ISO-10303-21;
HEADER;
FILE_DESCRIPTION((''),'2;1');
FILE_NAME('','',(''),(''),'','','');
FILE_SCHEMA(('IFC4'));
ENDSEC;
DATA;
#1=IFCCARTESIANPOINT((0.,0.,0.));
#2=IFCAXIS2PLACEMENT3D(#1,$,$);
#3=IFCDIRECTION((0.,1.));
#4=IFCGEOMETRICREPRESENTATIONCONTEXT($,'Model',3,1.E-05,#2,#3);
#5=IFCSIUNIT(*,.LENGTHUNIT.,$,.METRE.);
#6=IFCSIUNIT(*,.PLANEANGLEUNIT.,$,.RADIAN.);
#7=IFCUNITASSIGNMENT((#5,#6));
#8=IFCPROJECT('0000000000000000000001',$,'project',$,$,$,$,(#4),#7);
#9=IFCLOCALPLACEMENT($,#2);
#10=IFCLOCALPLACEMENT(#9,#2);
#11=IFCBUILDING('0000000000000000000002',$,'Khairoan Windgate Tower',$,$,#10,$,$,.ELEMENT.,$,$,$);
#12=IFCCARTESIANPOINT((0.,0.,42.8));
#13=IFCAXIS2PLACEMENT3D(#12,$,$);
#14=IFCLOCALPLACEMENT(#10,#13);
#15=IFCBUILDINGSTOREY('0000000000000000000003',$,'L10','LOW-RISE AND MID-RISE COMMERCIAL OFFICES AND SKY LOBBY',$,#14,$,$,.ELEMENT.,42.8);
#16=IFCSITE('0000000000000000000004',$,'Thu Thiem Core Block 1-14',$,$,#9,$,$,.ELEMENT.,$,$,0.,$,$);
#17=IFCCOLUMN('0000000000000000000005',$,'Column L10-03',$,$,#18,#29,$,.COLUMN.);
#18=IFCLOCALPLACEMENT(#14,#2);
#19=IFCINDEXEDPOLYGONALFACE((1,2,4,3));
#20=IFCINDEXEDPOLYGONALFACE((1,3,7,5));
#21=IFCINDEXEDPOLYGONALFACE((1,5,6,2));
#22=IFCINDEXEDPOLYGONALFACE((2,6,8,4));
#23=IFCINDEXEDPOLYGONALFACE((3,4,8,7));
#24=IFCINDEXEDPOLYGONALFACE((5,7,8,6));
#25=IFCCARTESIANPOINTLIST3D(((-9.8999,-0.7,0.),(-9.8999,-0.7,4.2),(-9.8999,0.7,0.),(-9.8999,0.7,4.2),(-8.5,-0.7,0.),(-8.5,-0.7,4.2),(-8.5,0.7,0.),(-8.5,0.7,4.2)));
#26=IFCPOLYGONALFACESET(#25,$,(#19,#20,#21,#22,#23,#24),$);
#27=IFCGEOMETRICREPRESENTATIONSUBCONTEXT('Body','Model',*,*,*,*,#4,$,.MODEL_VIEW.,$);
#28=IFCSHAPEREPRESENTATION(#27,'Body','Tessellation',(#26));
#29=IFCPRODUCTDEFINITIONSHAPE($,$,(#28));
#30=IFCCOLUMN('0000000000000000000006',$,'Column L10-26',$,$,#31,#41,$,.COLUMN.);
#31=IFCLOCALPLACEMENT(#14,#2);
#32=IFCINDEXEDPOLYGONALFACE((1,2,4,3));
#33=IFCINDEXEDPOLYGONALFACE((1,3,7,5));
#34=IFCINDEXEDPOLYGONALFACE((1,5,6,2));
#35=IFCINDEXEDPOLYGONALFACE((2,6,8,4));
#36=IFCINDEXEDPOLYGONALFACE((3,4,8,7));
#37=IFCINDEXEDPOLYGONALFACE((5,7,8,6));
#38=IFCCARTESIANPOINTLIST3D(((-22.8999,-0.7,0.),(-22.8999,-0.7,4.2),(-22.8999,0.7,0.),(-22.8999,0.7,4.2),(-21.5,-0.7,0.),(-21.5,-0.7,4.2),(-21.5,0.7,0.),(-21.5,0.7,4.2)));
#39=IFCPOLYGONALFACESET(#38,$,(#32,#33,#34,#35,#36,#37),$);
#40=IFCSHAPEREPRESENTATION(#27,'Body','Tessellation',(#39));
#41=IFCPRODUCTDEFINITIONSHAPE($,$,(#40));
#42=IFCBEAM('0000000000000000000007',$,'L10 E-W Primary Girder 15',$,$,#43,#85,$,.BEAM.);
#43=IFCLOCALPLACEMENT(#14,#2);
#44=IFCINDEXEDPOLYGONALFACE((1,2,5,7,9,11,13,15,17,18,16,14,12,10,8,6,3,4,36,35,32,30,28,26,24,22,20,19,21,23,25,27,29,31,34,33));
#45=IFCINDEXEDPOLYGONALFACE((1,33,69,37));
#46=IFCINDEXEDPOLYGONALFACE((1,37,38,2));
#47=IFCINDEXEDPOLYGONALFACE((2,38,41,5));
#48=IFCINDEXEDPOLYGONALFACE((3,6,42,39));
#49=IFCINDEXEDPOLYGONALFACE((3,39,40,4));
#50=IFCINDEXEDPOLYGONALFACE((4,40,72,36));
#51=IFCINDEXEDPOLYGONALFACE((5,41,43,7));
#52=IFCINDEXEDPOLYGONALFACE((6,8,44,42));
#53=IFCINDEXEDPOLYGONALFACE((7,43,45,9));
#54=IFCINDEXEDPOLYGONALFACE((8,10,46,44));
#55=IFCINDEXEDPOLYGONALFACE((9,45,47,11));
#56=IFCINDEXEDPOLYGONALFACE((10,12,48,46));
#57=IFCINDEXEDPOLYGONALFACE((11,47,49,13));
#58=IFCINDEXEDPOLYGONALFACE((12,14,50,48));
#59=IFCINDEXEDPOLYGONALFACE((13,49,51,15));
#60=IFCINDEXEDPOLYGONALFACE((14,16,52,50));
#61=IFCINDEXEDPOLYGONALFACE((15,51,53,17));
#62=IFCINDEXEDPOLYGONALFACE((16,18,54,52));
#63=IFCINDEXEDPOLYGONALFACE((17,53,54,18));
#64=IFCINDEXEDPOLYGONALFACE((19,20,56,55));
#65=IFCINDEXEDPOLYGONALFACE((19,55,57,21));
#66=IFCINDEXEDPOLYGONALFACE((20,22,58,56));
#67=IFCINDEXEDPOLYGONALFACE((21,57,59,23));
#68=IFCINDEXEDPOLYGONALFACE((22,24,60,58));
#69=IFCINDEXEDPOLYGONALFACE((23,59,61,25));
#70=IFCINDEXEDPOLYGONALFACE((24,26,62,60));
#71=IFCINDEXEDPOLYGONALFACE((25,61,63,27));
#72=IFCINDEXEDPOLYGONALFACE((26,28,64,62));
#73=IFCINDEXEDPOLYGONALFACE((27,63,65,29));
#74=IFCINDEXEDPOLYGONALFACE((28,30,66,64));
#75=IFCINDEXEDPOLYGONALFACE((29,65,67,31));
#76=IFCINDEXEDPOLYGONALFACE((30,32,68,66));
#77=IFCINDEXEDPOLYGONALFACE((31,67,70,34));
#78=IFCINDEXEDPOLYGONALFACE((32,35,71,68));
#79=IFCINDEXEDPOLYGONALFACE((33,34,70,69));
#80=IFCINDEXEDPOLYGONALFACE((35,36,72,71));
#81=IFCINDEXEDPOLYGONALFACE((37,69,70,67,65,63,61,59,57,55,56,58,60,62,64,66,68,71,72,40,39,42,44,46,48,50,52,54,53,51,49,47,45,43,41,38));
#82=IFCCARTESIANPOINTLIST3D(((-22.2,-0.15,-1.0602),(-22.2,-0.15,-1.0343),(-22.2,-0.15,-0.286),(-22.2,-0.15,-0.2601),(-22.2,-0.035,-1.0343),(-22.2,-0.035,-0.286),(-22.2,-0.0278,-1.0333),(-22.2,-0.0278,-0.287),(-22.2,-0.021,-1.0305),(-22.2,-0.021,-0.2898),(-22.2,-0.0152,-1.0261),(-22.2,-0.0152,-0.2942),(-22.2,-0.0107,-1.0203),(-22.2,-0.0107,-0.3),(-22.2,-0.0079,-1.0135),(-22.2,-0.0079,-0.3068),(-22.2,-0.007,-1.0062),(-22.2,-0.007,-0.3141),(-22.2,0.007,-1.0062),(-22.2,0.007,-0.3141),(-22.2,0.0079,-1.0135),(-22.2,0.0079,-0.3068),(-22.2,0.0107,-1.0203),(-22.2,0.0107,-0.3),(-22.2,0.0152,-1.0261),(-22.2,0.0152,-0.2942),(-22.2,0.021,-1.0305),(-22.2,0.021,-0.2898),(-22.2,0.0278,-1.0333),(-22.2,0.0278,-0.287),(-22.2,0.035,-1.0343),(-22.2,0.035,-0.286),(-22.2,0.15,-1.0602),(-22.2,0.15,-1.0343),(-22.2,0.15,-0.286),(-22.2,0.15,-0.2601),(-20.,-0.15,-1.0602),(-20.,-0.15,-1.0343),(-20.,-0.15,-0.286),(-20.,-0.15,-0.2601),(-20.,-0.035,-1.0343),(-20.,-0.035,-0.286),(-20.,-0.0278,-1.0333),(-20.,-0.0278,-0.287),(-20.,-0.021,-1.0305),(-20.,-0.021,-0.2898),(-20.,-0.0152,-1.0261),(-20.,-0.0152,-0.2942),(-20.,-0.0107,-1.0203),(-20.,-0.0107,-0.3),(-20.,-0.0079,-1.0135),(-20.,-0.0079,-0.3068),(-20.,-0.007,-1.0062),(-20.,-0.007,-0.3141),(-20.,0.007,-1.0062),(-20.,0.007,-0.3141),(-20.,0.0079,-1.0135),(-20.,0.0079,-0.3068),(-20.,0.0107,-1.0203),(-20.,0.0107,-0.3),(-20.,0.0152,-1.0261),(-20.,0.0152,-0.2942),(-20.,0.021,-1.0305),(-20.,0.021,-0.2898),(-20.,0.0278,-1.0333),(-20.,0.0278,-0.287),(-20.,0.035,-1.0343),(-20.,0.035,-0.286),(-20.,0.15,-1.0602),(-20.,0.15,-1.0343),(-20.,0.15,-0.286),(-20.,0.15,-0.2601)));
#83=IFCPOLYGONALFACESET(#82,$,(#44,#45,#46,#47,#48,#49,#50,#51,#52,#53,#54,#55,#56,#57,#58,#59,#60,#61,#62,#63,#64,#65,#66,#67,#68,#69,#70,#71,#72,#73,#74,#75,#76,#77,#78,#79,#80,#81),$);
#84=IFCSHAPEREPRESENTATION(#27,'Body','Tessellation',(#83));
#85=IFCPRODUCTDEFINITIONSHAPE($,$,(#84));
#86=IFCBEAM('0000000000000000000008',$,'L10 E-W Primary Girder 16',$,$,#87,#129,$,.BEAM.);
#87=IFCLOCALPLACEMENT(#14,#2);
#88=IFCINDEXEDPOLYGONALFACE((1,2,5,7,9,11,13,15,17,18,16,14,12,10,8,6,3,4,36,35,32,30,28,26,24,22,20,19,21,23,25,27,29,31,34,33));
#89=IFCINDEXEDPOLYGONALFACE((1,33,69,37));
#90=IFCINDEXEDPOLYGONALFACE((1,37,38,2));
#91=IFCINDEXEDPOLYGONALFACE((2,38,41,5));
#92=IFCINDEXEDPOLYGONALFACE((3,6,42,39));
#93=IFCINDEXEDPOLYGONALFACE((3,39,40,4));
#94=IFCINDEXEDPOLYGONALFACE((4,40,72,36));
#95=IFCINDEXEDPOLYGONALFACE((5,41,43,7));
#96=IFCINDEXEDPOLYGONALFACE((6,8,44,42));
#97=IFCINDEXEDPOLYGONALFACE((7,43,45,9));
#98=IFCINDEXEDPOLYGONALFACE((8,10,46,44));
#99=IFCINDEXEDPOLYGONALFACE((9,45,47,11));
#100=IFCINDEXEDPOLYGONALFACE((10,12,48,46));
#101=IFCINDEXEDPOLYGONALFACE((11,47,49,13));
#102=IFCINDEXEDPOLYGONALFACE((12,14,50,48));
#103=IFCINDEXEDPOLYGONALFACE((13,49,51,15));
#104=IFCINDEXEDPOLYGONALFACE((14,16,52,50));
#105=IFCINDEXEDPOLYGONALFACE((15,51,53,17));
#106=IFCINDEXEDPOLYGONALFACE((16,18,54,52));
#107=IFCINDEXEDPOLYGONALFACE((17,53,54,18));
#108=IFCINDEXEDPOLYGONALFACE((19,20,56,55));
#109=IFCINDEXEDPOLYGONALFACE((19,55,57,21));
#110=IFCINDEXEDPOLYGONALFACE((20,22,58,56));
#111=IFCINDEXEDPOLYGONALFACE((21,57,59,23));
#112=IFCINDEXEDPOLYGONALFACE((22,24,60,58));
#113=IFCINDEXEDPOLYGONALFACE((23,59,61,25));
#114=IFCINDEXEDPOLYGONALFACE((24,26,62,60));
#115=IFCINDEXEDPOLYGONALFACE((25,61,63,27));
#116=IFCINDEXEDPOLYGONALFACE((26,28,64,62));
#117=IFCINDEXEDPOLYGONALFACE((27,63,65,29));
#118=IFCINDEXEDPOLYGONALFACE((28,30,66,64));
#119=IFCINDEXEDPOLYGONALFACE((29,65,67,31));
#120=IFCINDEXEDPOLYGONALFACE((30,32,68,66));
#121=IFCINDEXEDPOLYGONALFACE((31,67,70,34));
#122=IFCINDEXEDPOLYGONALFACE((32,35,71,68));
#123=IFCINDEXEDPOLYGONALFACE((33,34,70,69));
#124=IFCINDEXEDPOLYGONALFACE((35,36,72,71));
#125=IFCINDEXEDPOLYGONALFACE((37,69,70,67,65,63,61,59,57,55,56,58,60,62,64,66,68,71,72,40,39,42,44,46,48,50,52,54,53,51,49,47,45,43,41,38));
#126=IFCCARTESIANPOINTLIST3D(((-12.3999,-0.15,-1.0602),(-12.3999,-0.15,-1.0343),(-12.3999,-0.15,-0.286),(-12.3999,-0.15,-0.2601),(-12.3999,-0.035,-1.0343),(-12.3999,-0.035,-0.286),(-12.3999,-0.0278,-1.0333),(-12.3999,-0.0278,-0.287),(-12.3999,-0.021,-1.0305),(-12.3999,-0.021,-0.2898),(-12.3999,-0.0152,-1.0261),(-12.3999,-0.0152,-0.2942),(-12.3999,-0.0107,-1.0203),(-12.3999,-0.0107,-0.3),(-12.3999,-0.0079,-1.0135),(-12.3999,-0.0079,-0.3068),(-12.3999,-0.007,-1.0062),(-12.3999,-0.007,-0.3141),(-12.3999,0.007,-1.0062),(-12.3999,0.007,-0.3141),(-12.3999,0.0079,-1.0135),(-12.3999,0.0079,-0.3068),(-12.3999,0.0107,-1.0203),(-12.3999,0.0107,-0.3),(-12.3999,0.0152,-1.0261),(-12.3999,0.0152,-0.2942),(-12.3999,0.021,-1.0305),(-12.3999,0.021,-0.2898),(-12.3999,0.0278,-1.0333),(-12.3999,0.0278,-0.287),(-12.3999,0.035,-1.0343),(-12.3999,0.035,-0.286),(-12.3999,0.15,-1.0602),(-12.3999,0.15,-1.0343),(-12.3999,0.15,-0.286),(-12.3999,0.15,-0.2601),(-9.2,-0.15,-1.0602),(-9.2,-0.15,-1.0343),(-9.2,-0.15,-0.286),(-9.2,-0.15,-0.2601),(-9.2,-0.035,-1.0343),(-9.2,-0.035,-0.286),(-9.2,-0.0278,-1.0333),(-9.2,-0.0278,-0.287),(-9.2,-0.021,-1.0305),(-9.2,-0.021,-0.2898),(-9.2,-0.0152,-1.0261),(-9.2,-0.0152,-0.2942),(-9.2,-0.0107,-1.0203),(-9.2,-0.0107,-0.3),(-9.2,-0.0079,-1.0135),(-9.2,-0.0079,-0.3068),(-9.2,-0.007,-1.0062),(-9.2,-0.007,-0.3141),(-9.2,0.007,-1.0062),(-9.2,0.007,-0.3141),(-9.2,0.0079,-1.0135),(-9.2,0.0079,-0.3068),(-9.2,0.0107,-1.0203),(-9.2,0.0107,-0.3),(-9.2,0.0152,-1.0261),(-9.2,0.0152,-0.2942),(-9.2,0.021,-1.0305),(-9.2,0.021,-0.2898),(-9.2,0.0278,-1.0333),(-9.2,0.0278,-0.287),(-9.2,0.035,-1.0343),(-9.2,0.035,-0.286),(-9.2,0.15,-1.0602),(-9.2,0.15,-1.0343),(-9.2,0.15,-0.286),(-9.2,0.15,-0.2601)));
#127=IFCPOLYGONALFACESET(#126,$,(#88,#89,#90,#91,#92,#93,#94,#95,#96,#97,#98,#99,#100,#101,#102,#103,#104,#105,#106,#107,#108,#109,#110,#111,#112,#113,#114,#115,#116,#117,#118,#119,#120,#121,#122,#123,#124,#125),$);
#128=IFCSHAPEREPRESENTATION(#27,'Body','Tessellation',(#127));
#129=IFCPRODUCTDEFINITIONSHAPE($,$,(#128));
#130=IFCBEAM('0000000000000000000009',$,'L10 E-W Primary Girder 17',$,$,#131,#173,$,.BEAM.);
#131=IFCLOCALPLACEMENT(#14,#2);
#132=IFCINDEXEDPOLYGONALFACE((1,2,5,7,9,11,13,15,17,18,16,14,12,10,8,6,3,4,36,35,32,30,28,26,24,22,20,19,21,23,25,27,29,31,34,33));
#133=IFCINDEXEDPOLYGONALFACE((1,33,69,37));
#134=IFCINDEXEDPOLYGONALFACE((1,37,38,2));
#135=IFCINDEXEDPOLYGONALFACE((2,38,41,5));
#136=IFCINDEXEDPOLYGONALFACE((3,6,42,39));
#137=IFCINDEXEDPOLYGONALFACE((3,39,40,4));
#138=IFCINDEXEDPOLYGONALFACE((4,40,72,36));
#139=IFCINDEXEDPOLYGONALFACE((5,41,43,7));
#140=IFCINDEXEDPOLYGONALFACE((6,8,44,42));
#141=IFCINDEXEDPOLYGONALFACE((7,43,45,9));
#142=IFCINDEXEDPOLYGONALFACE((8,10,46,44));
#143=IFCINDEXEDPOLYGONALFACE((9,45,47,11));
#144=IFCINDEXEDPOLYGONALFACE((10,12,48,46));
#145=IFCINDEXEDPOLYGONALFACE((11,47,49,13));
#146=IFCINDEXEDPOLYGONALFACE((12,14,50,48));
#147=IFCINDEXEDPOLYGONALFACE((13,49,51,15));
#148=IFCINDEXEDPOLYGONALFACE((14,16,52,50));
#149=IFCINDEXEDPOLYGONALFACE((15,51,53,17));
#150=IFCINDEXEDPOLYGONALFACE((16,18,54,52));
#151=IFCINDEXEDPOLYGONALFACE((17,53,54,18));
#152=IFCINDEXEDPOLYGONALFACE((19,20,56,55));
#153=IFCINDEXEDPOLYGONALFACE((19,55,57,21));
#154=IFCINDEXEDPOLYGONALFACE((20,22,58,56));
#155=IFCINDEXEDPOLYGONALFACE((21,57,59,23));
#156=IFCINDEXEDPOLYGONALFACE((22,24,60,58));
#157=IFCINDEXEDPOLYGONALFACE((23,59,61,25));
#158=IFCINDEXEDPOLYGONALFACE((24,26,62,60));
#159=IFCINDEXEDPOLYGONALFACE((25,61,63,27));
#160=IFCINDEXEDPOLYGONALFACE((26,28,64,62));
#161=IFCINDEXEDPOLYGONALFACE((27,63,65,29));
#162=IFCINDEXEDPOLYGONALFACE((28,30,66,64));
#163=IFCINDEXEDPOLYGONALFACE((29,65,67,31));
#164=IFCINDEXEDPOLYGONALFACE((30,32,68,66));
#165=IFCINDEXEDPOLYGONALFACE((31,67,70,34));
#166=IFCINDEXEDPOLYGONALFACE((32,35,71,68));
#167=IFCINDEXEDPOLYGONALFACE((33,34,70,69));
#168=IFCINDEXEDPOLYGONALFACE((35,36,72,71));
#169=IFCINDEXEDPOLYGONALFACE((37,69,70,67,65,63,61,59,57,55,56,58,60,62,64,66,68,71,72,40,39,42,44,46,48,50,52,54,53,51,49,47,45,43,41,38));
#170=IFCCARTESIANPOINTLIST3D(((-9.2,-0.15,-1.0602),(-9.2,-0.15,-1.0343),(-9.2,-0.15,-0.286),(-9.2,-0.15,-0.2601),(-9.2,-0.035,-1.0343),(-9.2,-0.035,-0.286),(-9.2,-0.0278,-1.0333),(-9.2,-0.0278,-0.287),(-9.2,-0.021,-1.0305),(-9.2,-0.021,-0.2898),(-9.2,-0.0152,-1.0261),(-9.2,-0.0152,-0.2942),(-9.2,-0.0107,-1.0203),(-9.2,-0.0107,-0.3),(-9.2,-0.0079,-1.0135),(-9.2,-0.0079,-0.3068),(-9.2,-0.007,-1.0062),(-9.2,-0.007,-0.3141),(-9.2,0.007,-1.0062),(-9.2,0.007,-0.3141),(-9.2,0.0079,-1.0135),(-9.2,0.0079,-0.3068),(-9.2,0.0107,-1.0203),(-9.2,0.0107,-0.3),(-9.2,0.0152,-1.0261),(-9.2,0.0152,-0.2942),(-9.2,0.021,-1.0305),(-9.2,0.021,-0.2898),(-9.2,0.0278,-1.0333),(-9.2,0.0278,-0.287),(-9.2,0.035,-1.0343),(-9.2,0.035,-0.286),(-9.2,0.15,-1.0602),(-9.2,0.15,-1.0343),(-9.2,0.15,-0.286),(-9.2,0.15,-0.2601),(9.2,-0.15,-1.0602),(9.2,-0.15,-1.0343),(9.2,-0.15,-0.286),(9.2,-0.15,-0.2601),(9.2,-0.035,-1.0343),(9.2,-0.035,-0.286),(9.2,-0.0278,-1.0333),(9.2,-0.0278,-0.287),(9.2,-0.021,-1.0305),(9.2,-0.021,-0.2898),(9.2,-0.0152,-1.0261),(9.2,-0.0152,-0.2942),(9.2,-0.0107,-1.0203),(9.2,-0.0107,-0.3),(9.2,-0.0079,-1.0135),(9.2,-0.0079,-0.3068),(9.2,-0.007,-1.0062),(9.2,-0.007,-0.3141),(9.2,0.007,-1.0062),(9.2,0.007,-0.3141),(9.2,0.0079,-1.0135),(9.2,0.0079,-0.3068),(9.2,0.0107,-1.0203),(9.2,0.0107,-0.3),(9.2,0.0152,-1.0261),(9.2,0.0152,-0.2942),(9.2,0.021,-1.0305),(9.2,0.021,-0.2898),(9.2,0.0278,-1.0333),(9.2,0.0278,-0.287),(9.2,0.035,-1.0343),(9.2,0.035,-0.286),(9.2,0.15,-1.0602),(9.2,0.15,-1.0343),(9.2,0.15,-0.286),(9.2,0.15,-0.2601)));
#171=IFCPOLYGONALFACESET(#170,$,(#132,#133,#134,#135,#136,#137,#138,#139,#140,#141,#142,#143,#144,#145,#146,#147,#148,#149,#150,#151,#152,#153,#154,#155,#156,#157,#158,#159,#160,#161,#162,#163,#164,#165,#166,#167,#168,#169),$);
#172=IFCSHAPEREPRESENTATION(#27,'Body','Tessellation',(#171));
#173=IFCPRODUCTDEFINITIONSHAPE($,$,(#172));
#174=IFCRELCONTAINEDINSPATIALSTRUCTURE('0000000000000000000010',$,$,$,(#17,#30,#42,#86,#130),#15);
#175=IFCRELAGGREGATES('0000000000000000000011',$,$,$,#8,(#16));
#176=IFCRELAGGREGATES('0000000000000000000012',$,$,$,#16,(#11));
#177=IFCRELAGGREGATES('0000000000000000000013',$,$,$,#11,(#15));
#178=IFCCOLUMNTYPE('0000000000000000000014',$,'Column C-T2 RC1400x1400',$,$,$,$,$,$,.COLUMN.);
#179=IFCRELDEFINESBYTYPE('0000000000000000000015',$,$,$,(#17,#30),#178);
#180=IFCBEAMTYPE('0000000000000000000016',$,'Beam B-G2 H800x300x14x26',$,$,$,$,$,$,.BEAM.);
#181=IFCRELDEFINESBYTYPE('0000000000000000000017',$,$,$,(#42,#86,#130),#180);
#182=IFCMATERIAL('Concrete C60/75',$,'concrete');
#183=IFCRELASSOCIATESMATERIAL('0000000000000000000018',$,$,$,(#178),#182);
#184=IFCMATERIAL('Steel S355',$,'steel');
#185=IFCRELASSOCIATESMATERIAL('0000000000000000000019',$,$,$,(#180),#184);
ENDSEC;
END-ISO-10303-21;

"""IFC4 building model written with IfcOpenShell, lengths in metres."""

from ifc_helpers import new_model, si_unit, direction, frame, origin, origin_2d, place, context, subcontext, project, spatial, rectangle, i_section, extrude, material, material_profile, profile_set, type_object, element, save


model = new_model("IFC4")

# Units and contexts
model_context = context("Model", 3, precision=1e-05, world=origin(), true_north=direction((0.0, 1.0)))
body_context = subcontext(model_context, "Body", "Model", "MODEL_VIEW")
ifc_project = project(units=[si_unit("LENGTHUNIT", "METRE"), si_unit("PLANEANGLEUNIT", "RADIAN")], contexts=[model_context])

# Site, building, storey
site_placement = place(None, origin())
site = spatial("IfcSite", under=ifc_project, at=site_placement, Name="Thu Thiem Core Block 1-14", CompositionType="ELEMENT", RefElevation=0.0)
building_placement = place(site_placement, origin())
building = spatial("IfcBuilding", under=site, at=building_placement, Name="Khairoan Windgate Tower", CompositionType="ELEMENT")
storey_placement = place(building_placement, frame((0.0, 0.0, 42.8)))
storey = spatial("IfcBuildingStorey", under=building, at=storey_placement, Name="L10", Description="LOW-RISE AND MID-RISE COMMERCIAL OFFICES AND SKY LOBBY", CompositionType="ELEMENT", Elevation=42.8)

# Columns
ifc_material_1 = material(Name="Concrete C60/75", Category="concrete")
ifc_material_profile_1 = material_profile(ifc_material_1, rectangle(XDim=1.3999, YDim=1.3999, at=origin_2d()))
ifc_profile_set_1 = profile_set([ifc_material_profile_1], Name="Concrete C60/75")
column_type = type_object("IfcColumnType", Name="Column C-T2 RC1400x1400", PredefinedType="COLUMN", material=ifc_profile_set_1)
for number, where, z_axis, x_axis, name in (
    (1, (-9.2, 0.0, 0.0), (0.0, 0.0, 1.0), (1.0, 0.0, 0.0), "Column L10-03"),
    (2, (-22.2, 0.0, 0.0), (0.0, 0.0, 1.0), (1.0, 0.0, 0.0), "Column L10-26"),
):
    element("IfcColumn", number, at=place(storey_placement, frame(where, z_axis=z_axis, x_axis=x_axis)), inside=storey, type_object=column_type, Name=name, PredefinedType="COLUMN", context=body_context, shape_type="SweptSolid", body=[
        extrude(rectangle(XDim=1.3999, YDim=1.3999, at=origin_2d()), origin(), (0.0, 0.0, 1.0), 4.2),
    ])

# Beams
ifc_material_2 = material(Name="Steel S355", Category="steel")
ifc_material_profile_2 = material_profile(ifc_material_2, i_section(OverallWidth=0.3, OverallDepth=0.8, WebThickness=0.0139, FlangeThickness=0.0259, FilletRadius=0.0281, at=origin_2d()))
ifc_profile_set_2 = profile_set([ifc_material_profile_2], Name="Steel S355")
beam_type_1 = type_object("IfcBeamType", Name="Beam B-G2 H800x300x14x26", PredefinedType="BEAM", material=ifc_profile_set_2)
beam_1_placement = place(storey_placement, frame((-22.2, 0.0, -0.6602), z_axis=(1.0, 0.0, 0.0), x_axis=(0.0, 1.0, 0.0)))
element("IfcBeam", 3, at=beam_1_placement, inside=storey, type_object=beam_type_1, Name="L10 E-W Primary Girder 15", PredefinedType="BEAM", context=body_context, shape_type="SweptSolid", body=[
    extrude(i_section(OverallWidth=0.3, OverallDepth=0.8, WebThickness=0.0139, FlangeThickness=0.0259, FilletRadius=0.0281, at=origin_2d()), origin(), (0.0, 0.0, 1.0), 2.2),
])
beam_2_placement = place(storey_placement, frame((-12.3999, 0.0, -0.6602), z_axis=(1.0, 0.0, 0.0), x_axis=(0.0, 1.0, 0.0)))
element("IfcBeam", 4, at=beam_2_placement, inside=storey, type_object=beam_type_1, Name="L10 E-W Primary Girder 16", PredefinedType="BEAM", context=body_context, shape_type="SweptSolid", body=[
    extrude(i_section(OverallWidth=0.3, OverallDepth=0.8, WebThickness=0.0139, FlangeThickness=0.0259, FilletRadius=0.0281, at=origin_2d()), origin(), (0.0, 0.0, 1.0), 3.2),
])
beam_3_placement = place(storey_placement, frame((-9.2, 0.0, -0.6602), z_axis=(1.0, 0.0, 0.0), x_axis=(0.0, 1.0, 0.0)))
element("IfcBeam", 5, at=beam_3_placement, inside=storey, type_object=beam_type_1, Name="L10 E-W Primary Girder 17", PredefinedType="BEAM", context=body_context, shape_type="SweptSolid", body=[
    extrude(i_section(OverallWidth=0.3, OverallDepth=0.8, WebThickness=0.0139, FlangeThickness=0.0259, FilletRadius=0.0281, at=origin_2d()), origin(), (0.0, 0.0, 1.0), 18.3999),
])

save(model, "model.ifc")
